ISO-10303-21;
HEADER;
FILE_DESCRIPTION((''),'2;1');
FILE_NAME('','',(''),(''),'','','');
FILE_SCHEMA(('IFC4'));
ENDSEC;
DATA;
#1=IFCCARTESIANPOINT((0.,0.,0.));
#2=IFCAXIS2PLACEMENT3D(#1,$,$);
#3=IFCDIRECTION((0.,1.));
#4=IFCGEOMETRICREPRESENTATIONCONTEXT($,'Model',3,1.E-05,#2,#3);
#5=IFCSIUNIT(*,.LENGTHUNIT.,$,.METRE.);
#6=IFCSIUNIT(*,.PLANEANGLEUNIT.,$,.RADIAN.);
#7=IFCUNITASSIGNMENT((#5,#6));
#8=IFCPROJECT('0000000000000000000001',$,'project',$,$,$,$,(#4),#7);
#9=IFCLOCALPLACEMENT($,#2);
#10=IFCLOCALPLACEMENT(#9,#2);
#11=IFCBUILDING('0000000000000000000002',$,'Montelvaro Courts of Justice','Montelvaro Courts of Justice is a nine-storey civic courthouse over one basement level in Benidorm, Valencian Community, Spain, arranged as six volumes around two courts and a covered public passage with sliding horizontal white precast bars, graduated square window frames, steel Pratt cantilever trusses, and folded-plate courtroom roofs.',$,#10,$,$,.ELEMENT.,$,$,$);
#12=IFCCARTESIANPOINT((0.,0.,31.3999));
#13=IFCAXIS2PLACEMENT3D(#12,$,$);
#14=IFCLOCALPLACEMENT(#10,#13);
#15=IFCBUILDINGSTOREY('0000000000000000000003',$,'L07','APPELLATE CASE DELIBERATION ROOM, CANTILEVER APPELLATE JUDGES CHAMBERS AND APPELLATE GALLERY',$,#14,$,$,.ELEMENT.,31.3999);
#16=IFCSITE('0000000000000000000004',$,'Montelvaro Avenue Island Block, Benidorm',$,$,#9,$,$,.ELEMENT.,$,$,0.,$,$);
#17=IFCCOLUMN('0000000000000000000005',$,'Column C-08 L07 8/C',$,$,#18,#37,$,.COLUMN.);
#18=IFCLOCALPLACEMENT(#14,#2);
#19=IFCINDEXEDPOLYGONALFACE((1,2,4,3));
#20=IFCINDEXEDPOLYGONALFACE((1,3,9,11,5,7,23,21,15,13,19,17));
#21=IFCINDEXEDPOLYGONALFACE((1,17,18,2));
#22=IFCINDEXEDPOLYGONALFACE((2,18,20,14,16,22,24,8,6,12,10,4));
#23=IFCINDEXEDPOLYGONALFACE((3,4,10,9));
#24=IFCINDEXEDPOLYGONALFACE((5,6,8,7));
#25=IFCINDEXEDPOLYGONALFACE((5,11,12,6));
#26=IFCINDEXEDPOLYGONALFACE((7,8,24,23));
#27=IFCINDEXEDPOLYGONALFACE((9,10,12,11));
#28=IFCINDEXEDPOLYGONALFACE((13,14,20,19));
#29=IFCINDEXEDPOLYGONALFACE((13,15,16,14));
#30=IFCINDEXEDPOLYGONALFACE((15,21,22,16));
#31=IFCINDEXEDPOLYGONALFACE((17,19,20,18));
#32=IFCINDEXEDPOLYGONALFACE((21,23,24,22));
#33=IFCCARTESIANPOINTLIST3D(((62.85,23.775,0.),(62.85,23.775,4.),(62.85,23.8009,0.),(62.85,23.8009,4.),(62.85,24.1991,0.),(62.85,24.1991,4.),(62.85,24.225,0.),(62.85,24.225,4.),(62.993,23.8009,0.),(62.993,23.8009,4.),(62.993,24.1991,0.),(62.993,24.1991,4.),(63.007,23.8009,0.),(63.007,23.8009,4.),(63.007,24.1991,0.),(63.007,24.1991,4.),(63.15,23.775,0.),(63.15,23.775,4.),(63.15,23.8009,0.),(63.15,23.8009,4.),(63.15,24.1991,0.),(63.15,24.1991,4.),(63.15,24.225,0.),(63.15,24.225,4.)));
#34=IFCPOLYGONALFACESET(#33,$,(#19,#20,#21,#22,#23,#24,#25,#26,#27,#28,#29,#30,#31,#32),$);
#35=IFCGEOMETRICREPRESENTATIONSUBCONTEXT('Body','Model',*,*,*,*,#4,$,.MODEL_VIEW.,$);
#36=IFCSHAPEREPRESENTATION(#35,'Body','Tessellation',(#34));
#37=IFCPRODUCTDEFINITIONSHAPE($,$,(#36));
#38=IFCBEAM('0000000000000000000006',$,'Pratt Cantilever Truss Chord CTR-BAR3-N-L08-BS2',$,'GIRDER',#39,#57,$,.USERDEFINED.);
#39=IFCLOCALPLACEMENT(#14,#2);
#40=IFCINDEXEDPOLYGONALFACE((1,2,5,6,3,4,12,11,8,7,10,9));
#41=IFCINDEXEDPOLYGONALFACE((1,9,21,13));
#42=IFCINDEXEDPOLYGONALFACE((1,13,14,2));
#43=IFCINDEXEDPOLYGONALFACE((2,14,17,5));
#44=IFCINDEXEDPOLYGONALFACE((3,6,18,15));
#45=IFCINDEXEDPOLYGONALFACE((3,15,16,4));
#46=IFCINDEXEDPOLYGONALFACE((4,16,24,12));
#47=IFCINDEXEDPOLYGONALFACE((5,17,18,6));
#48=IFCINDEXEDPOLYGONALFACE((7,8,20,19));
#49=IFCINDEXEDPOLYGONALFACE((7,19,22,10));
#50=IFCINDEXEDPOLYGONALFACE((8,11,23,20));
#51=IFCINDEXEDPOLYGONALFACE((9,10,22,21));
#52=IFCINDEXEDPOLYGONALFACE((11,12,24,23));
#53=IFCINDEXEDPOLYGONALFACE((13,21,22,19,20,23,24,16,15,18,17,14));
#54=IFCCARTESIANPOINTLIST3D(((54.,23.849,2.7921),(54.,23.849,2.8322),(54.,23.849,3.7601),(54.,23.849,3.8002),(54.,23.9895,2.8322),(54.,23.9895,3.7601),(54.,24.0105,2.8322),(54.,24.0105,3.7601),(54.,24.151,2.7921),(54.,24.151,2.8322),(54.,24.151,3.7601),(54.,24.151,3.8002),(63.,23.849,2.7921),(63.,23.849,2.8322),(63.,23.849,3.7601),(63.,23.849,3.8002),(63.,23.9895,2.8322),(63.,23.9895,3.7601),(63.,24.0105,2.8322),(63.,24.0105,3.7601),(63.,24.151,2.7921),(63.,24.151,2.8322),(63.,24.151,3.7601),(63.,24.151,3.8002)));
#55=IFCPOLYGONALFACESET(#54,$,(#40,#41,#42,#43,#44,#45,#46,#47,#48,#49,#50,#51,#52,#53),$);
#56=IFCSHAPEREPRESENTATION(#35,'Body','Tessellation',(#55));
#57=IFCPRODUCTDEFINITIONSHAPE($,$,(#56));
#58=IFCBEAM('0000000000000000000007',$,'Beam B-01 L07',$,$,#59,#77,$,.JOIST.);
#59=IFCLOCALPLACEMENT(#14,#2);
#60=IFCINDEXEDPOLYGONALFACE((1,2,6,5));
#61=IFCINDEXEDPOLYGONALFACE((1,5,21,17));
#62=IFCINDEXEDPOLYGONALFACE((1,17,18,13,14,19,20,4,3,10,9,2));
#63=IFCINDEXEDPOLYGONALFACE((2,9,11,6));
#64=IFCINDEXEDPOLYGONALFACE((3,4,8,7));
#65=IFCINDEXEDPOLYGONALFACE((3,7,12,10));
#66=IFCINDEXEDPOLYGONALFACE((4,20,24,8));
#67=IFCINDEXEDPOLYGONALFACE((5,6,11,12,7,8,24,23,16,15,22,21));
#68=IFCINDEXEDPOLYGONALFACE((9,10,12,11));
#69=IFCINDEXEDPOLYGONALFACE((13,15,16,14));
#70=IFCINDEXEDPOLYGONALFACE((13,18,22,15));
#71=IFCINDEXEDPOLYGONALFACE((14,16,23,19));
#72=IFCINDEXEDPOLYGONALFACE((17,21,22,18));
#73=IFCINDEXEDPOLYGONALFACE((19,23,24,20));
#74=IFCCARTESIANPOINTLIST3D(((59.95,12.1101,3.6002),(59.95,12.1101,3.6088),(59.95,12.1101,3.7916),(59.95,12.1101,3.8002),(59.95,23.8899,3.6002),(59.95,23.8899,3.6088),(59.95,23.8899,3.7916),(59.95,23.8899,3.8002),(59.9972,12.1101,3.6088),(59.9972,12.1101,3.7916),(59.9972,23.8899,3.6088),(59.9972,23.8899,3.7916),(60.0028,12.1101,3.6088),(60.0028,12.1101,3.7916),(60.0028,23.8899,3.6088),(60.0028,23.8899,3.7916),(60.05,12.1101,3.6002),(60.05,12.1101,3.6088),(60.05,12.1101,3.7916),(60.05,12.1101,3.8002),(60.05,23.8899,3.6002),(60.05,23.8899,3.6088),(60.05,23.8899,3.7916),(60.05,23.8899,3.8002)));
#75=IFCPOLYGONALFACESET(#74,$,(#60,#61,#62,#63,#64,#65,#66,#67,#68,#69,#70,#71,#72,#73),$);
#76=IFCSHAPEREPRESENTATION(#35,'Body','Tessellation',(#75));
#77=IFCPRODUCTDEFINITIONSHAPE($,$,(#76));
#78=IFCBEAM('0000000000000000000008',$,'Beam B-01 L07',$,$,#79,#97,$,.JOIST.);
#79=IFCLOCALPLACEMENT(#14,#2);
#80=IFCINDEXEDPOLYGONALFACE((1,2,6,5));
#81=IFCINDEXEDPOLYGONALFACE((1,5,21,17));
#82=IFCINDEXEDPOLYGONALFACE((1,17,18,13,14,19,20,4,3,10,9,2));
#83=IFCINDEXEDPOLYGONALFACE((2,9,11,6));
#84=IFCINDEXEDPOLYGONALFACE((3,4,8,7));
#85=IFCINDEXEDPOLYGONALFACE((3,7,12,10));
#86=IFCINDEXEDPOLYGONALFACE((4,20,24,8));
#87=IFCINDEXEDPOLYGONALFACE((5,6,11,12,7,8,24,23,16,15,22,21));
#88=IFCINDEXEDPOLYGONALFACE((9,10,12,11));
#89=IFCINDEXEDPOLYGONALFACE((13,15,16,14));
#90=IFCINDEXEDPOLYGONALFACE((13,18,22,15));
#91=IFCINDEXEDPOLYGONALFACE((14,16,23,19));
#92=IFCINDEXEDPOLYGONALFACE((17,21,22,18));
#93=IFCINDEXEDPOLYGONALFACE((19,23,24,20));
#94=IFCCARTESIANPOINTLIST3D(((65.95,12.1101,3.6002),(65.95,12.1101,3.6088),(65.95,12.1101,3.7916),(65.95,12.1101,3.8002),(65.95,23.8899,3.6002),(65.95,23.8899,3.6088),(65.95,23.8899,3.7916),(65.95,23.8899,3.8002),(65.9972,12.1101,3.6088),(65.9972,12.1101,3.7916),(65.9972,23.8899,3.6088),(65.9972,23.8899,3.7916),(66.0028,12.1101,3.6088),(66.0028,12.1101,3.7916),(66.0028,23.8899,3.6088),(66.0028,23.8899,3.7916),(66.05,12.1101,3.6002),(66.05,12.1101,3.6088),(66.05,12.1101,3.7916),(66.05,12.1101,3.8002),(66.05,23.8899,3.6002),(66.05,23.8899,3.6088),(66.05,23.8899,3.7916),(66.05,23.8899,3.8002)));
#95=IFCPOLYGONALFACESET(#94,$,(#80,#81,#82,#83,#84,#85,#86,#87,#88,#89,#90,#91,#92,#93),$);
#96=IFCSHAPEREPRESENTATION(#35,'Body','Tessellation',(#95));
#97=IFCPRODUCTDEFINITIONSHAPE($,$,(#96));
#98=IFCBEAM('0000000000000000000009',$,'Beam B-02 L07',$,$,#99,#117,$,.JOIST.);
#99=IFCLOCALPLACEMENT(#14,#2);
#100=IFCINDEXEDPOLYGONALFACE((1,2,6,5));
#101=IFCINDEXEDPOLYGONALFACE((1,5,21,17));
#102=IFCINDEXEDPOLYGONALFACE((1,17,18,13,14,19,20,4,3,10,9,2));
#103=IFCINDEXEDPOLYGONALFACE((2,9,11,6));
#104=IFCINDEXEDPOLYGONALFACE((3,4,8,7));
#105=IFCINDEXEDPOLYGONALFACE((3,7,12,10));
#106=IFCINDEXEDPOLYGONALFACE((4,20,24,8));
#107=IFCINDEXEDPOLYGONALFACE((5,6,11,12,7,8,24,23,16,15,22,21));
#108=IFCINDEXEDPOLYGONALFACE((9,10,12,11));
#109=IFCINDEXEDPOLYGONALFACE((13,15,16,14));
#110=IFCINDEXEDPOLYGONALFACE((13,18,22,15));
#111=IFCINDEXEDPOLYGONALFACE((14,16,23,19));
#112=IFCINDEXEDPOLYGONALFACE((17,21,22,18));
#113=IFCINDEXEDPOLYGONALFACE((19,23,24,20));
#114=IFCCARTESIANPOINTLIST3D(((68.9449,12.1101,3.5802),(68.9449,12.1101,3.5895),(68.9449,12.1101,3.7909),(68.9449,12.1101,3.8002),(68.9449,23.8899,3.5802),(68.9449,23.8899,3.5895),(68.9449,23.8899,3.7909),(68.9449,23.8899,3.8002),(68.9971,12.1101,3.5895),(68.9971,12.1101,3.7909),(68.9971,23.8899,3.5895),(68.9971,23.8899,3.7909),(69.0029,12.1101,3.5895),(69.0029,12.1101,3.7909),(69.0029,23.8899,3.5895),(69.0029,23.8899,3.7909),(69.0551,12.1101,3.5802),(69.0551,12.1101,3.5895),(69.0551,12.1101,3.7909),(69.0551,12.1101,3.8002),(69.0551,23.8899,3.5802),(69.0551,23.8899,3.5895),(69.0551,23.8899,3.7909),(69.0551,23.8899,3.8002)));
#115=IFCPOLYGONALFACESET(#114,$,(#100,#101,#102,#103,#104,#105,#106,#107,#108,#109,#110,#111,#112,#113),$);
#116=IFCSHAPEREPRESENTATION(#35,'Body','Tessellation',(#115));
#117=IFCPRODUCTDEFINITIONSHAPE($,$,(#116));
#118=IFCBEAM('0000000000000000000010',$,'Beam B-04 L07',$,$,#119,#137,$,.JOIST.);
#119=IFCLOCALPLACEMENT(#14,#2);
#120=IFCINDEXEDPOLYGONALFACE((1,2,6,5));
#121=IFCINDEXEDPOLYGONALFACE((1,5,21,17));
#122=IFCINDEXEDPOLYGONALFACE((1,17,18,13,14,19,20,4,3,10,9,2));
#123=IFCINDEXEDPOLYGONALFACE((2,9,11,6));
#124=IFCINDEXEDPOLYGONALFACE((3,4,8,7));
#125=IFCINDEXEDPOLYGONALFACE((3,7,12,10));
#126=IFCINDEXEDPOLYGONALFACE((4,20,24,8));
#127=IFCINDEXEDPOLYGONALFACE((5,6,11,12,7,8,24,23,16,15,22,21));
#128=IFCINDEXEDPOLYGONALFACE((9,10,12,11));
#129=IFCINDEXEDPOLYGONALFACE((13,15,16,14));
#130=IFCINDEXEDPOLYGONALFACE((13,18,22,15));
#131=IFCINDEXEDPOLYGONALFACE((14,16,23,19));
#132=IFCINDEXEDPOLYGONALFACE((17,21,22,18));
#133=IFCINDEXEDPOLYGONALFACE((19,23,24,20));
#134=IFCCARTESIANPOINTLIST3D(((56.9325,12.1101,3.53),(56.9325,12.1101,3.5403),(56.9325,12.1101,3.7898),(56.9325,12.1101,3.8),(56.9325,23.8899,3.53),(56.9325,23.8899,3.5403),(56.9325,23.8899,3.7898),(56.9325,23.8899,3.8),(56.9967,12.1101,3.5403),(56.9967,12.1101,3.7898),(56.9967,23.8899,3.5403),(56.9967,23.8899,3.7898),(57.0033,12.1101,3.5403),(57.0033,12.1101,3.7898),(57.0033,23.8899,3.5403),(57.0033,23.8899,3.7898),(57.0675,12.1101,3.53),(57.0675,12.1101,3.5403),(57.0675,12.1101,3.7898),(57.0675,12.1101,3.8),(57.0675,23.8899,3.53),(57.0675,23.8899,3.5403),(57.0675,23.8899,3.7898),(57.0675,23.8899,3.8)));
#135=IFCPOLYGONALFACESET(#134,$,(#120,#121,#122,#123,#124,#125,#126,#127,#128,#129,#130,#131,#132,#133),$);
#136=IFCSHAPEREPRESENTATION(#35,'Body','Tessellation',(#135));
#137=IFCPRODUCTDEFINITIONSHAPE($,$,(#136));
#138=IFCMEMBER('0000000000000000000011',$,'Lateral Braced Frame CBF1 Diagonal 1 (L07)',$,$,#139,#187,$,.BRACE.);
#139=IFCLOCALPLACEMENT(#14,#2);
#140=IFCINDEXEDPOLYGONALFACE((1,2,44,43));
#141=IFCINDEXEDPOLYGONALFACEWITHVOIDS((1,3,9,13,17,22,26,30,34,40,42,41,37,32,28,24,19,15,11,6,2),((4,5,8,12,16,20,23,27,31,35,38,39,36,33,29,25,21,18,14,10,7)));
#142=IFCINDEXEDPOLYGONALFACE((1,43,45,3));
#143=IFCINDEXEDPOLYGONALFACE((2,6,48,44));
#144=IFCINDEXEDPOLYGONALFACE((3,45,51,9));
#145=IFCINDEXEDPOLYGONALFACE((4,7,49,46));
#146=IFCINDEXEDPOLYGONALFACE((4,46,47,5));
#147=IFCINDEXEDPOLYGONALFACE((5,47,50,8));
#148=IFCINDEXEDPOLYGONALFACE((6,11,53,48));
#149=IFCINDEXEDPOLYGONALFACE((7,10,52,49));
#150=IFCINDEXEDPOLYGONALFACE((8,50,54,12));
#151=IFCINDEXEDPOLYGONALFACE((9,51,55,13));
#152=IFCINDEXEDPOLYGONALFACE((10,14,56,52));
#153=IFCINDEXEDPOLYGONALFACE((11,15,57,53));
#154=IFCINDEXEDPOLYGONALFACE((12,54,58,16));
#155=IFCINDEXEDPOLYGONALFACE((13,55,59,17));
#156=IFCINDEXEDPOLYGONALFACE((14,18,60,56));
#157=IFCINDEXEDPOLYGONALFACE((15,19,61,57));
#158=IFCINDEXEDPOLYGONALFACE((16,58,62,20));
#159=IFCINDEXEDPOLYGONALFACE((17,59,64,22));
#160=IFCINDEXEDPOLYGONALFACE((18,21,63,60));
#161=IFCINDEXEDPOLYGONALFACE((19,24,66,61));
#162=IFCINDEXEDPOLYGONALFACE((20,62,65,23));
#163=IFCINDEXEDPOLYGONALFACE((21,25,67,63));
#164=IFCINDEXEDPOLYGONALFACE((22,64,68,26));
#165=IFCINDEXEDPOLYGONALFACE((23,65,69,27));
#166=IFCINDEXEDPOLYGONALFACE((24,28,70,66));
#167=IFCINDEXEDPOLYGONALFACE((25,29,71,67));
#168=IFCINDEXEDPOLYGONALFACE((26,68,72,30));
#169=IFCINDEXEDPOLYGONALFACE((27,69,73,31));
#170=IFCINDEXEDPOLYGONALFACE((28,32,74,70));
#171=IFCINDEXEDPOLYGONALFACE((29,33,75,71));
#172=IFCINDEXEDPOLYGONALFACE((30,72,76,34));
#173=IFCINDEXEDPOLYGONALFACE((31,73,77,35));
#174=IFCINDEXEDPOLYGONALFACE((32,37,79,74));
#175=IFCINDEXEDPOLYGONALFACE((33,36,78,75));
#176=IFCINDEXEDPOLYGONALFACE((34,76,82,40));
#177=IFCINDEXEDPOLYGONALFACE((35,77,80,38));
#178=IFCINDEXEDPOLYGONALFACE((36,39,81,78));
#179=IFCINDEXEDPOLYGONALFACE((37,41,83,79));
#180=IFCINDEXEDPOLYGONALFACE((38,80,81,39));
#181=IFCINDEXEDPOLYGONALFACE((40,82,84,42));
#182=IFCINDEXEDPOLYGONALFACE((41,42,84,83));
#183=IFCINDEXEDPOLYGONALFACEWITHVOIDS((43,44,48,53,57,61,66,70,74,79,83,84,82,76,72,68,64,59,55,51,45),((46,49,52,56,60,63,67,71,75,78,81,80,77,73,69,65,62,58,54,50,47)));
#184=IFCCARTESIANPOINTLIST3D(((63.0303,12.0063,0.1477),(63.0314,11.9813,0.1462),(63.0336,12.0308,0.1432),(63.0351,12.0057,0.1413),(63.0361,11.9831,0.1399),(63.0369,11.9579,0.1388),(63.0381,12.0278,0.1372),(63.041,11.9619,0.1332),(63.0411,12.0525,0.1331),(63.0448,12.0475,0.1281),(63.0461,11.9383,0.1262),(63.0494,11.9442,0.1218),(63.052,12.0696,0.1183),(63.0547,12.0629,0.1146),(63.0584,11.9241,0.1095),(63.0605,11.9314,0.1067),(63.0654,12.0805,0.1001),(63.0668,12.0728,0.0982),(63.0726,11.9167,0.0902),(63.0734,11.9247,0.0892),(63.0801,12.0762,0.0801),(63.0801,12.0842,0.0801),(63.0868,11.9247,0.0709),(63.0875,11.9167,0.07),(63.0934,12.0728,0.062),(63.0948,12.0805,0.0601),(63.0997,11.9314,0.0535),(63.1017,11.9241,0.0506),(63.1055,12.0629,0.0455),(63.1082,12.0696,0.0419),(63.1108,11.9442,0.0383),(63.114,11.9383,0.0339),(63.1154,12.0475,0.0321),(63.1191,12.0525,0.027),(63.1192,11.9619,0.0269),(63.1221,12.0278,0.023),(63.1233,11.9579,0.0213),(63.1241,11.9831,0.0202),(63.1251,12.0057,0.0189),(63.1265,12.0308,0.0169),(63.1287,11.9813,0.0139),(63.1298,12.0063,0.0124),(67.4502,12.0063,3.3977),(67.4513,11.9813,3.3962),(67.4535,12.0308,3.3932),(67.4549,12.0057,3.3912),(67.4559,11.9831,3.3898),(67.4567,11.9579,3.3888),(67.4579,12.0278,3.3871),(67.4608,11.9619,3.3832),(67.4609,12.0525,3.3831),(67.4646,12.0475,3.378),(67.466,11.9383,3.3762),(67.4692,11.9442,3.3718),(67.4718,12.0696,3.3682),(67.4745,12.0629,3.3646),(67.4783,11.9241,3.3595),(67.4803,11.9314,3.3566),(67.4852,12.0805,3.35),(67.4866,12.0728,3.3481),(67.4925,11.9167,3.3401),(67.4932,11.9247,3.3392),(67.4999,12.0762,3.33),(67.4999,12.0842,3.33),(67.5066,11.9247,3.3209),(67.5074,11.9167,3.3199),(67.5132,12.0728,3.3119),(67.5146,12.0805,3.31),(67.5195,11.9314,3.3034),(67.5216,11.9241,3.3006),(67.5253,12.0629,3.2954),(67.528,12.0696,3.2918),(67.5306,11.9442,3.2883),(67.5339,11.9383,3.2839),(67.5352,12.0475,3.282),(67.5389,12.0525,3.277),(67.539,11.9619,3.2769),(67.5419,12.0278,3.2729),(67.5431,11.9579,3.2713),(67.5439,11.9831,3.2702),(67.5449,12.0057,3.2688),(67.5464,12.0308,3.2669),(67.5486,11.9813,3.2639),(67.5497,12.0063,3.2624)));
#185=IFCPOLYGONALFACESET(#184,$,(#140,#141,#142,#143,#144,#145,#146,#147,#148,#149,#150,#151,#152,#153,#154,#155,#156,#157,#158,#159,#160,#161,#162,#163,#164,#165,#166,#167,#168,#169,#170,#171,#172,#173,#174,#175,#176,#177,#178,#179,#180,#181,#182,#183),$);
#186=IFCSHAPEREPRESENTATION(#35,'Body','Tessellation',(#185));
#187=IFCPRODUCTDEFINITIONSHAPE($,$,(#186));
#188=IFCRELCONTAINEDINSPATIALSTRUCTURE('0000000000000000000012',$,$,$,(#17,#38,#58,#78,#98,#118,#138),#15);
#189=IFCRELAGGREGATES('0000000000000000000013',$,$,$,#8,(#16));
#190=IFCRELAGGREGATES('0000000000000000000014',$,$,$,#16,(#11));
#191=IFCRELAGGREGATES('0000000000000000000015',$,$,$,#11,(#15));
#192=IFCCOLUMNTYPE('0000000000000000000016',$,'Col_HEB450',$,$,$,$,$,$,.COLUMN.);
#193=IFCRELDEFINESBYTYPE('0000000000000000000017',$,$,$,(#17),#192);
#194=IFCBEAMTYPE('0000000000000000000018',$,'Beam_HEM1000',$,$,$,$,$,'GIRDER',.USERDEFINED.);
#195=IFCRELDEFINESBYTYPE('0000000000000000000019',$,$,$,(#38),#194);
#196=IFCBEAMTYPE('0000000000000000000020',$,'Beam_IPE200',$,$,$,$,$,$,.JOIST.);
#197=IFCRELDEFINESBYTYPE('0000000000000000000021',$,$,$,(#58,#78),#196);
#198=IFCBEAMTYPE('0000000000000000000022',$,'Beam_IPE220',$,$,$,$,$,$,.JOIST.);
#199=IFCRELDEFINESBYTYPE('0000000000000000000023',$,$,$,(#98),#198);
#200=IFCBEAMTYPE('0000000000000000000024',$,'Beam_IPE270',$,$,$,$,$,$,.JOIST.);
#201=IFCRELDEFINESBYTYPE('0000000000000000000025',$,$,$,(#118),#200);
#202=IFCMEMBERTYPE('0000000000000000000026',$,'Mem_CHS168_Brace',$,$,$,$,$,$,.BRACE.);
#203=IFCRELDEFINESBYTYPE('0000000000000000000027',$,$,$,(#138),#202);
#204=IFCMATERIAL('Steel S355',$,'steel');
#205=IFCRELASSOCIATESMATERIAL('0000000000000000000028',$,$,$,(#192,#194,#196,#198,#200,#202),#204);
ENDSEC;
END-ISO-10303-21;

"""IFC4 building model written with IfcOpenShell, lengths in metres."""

from ifc_helpers import new_model, si_unit, direction, frame, origin, origin_2d, place, context, subcontext, project, spatial, hollow_circle, i_section, extrude, material, material_profile, profile_set, type_object, element, save


model = new_model("IFC4")

# Units and contexts
model_context = context("Model", 3, precision=1e-05, world=origin(), true_north=direction((0.0, 1.0)))
body_context = subcontext(model_context, "Body", "Model", "MODEL_VIEW")
ifc_project = project(units=[si_unit("LENGTHUNIT", "METRE"), si_unit("PLANEANGLEUNIT", "RADIAN")], contexts=[model_context])

# Site, building, storey
site_placement = place(None, origin())
site = spatial("IfcSite", under=ifc_project, at=site_placement, Name="Montelvaro Avenue Island Block, Benidorm", CompositionType="ELEMENT", RefElevation=0.0)
building_placement = place(site_placement, origin())
building = spatial("IfcBuilding", under=site, at=building_placement, Name="Montelvaro Courts of Justice", Description="Montelvaro Courts of Justice is a nine-storey civic courthouse over one basement level in Benidorm, Valencian Community, Spain, arranged as six volumes around two courts and a covered public passage with sliding horizontal white precast bars, graduated square window frames, steel Pratt cantilever trusses, and folded-plate courtroom roofs.", CompositionType="ELEMENT")
storey_placement = place(building_placement, frame((0.0, 0.0, 31.3999)))
storey = spatial("IfcBuildingStorey", under=building, at=storey_placement, Name="L07", Description="APPELLATE CASE DELIBERATION ROOM, CANTILEVER APPELLATE JUDGES CHAMBERS AND APPELLATE GALLERY", CompositionType="ELEMENT", Elevation=31.3999)

# Column
ifc_material_1 = material(Name="Steel S355", Category="steel")
ifc_material_profile_1 = material_profile(ifc_material_1, i_section(OverallWidth=0.3, OverallDepth=0.45, WebThickness=0.0139, FlangeThickness=0.0259, at=origin_2d()), Name="HEB 450")
ifc_profile_set_1 = profile_set([ifc_material_profile_1], Name="Steel S355")
column_type = type_object("IfcColumnType", Name="Col_HEB450", PredefinedType="COLUMN", material=ifc_profile_set_1)
column_placement = place(storey_placement, frame((63.0, 24.0, 0.0), z_axis=(0.0, 0.0, 1.0), x_axis=(1.0, 0.0, 0.0)))
element("IfcColumn", 1, at=column_placement, inside=storey, type_object=column_type, Name="Column C-08 L07 8/C", PredefinedType="COLUMN", context=body_context, shape_type="SweptSolid", body=[
    extrude(i_section(OverallWidth=0.3, OverallDepth=0.45, WebThickness=0.0139, FlangeThickness=0.0259, at=origin_2d()), origin(), (0.0, 0.0, 1.0), 4.0),
])

# Beams
ifc_material_profile_2 = material_profile(ifc_material_1, i_section(OverallWidth=0.302, OverallDepth=1.0081, WebThickness=0.021, FlangeThickness=0.04, at=origin_2d()), Name="HEM 1000")
ifc_profile_set_2 = profile_set([ifc_material_profile_2], Name="Steel S355")
beam_type_1 = type_object("IfcBeamType", Name="Beam_HEM1000", ElementType="GIRDER", PredefinedType="USERDEFINED", material=ifc_profile_set_2)
beam_1_placement = place(storey_placement, frame((63.0, 24.0, 3.2961), z_axis=(-1.0, 0.0, 0.0), x_axis=(0.0, -1.0, 0.0)))
element("IfcBeam", 2, at=beam_1_placement, inside=storey, type_object=beam_type_1, Name="Pratt Cantilever Truss Chord CTR-BAR3-N-L08-BS2", ObjectType="GIRDER", PredefinedType="USERDEFINED", context=body_context, shape_type="SweptSolid", body=[
    extrude(i_section(OverallWidth=0.302, OverallDepth=1.0081, WebThickness=0.021, FlangeThickness=0.04, at=origin_2d()), origin(), (0.0, 0.0, 1.0), 9.0),
])
ifc_material_profile_3 = material_profile(ifc_material_1, i_section(OverallWidth=0.1001, OverallDepth=0.2, WebThickness=0.0056, FlangeThickness=0.0085, at=origin_2d()), Name="IPE 200")
ifc_profile_set_3 = profile_set([ifc_material_profile_3], Name="Steel S355")
beam_type_2 = type_object("IfcBeamType", Name="Beam_IPE200", PredefinedType="JOIST", material=ifc_profile_set_3)
for number, where, z_axis, x_axis, name in (
    (3, (60.0, 12.1101, 3.7002), (0.0, 1.0, 0.0), (-1.0, 0.0, 0.0), "Beam B-01 L07"),
    (4, (66.0, 12.1101, 3.7002), (0.0, 1.0, 0.0), (-1.0, 0.0, 0.0), "Beam B-01 L07"),
):
    element("IfcBeam", number, at=place(storey_placement, frame(where, z_axis=z_axis, x_axis=x_axis)), inside=storey, type_object=beam_type_2, Name=name, PredefinedType="JOIST", context=body_context, shape_type="SweptSolid", body=[
        extrude(i_section(OverallWidth=0.1001, OverallDepth=0.2, WebThickness=0.0056, FlangeThickness=0.0085, at=origin_2d()), origin(), (0.0, 0.0, 1.0), 11.7798),
    ])
ifc_material_profile_4 = material_profile(ifc_material_1, i_section(OverallWidth=0.1101, OverallDepth=0.22, WebThickness=0.0059, FlangeThickness=0.0093, at=origin_2d()), Name="IPE 220")
ifc_profile_set_4 = profile_set([ifc_material_profile_4], Name="Steel S355")
beam_type_3 = type_object("IfcBeamType", Name="Beam_IPE220", PredefinedType="JOIST", material=ifc_profile_set_4)
beam_2_placement = place(storey_placement, frame((69.0, 12.1101, 3.6902), z_axis=(0.0, 1.0, 0.0), x_axis=(-1.0, 0.0, 0.0)))
element("IfcBeam", 5, at=beam_2_placement, inside=storey, type_object=beam_type_3, Name="Beam B-02 L07", PredefinedType="JOIST", context=body_context, shape_type="SweptSolid", body=[
    extrude(i_section(OverallWidth=0.1101, OverallDepth=0.22, WebThickness=0.0059, FlangeThickness=0.0093, at=origin_2d()), origin(), (0.0, 0.0, 1.0), 11.7798),
])
ifc_material_profile_5 = material_profile(ifc_material_1, i_section(OverallWidth=0.135, OverallDepth=0.27, WebThickness=0.0066, FlangeThickness=0.0103, at=origin_2d()), Name="IPE 270")
ifc_profile_set_5 = profile_set([ifc_material_profile_5], Name="Steel S355")
beam_type_4 = type_object("IfcBeamType", Name="Beam_IPE270", PredefinedType="JOIST", material=ifc_profile_set_5)
beam_3_placement = place(storey_placement, frame((57.0, 12.1101, 3.665), z_axis=(0.0, 1.0, 0.0), x_axis=(-1.0, 0.0, 0.0)))
element("IfcBeam", 6, at=beam_3_placement, inside=storey, type_object=beam_type_4, Name="Beam B-04 L07", PredefinedType="JOIST", context=body_context, shape_type="SweptSolid", body=[
    extrude(i_section(OverallWidth=0.135, OverallDepth=0.27, WebThickness=0.0066, FlangeThickness=0.0103, at=origin_2d()), origin(), (0.0, 0.0, 1.0), 11.7798),
])

# Member
ifc_material_profile_6 = material_profile(ifc_material_1, hollow_circle(Radius=0.0842, WallThickness=0.0081, at=origin_2d()), Name="CHS 168.3x8")
ifc_profile_set_6 = profile_set([ifc_material_profile_6], Name="Steel S355")
member_type = type_object("IfcMemberType", Name="Mem_CHS168_Brace", PredefinedType="BRACE", material=ifc_profile_set_6)
member_placement = place(storey_placement, frame((63.0801, 12.0, 0.0801), z_axis=(0.805646, 0.0, 0.592397), x_axis=(0.0, 1.0, 0.0)))
element("IfcMember", 7, at=member_placement, inside=storey, type_object=member_type, Name="Lateral Braced Frame CBF1 Diagonal 1 (L07)", PredefinedType="BRACE", context=body_context, shape_type="SweptSolid", body=[
    extrude(hollow_circle(Radius=0.0842, WallThickness=0.0081, at=origin_2d()), origin(), (0.0, 0.0, 1.0), 5.4861),
])

save(model, "model.ifc")
